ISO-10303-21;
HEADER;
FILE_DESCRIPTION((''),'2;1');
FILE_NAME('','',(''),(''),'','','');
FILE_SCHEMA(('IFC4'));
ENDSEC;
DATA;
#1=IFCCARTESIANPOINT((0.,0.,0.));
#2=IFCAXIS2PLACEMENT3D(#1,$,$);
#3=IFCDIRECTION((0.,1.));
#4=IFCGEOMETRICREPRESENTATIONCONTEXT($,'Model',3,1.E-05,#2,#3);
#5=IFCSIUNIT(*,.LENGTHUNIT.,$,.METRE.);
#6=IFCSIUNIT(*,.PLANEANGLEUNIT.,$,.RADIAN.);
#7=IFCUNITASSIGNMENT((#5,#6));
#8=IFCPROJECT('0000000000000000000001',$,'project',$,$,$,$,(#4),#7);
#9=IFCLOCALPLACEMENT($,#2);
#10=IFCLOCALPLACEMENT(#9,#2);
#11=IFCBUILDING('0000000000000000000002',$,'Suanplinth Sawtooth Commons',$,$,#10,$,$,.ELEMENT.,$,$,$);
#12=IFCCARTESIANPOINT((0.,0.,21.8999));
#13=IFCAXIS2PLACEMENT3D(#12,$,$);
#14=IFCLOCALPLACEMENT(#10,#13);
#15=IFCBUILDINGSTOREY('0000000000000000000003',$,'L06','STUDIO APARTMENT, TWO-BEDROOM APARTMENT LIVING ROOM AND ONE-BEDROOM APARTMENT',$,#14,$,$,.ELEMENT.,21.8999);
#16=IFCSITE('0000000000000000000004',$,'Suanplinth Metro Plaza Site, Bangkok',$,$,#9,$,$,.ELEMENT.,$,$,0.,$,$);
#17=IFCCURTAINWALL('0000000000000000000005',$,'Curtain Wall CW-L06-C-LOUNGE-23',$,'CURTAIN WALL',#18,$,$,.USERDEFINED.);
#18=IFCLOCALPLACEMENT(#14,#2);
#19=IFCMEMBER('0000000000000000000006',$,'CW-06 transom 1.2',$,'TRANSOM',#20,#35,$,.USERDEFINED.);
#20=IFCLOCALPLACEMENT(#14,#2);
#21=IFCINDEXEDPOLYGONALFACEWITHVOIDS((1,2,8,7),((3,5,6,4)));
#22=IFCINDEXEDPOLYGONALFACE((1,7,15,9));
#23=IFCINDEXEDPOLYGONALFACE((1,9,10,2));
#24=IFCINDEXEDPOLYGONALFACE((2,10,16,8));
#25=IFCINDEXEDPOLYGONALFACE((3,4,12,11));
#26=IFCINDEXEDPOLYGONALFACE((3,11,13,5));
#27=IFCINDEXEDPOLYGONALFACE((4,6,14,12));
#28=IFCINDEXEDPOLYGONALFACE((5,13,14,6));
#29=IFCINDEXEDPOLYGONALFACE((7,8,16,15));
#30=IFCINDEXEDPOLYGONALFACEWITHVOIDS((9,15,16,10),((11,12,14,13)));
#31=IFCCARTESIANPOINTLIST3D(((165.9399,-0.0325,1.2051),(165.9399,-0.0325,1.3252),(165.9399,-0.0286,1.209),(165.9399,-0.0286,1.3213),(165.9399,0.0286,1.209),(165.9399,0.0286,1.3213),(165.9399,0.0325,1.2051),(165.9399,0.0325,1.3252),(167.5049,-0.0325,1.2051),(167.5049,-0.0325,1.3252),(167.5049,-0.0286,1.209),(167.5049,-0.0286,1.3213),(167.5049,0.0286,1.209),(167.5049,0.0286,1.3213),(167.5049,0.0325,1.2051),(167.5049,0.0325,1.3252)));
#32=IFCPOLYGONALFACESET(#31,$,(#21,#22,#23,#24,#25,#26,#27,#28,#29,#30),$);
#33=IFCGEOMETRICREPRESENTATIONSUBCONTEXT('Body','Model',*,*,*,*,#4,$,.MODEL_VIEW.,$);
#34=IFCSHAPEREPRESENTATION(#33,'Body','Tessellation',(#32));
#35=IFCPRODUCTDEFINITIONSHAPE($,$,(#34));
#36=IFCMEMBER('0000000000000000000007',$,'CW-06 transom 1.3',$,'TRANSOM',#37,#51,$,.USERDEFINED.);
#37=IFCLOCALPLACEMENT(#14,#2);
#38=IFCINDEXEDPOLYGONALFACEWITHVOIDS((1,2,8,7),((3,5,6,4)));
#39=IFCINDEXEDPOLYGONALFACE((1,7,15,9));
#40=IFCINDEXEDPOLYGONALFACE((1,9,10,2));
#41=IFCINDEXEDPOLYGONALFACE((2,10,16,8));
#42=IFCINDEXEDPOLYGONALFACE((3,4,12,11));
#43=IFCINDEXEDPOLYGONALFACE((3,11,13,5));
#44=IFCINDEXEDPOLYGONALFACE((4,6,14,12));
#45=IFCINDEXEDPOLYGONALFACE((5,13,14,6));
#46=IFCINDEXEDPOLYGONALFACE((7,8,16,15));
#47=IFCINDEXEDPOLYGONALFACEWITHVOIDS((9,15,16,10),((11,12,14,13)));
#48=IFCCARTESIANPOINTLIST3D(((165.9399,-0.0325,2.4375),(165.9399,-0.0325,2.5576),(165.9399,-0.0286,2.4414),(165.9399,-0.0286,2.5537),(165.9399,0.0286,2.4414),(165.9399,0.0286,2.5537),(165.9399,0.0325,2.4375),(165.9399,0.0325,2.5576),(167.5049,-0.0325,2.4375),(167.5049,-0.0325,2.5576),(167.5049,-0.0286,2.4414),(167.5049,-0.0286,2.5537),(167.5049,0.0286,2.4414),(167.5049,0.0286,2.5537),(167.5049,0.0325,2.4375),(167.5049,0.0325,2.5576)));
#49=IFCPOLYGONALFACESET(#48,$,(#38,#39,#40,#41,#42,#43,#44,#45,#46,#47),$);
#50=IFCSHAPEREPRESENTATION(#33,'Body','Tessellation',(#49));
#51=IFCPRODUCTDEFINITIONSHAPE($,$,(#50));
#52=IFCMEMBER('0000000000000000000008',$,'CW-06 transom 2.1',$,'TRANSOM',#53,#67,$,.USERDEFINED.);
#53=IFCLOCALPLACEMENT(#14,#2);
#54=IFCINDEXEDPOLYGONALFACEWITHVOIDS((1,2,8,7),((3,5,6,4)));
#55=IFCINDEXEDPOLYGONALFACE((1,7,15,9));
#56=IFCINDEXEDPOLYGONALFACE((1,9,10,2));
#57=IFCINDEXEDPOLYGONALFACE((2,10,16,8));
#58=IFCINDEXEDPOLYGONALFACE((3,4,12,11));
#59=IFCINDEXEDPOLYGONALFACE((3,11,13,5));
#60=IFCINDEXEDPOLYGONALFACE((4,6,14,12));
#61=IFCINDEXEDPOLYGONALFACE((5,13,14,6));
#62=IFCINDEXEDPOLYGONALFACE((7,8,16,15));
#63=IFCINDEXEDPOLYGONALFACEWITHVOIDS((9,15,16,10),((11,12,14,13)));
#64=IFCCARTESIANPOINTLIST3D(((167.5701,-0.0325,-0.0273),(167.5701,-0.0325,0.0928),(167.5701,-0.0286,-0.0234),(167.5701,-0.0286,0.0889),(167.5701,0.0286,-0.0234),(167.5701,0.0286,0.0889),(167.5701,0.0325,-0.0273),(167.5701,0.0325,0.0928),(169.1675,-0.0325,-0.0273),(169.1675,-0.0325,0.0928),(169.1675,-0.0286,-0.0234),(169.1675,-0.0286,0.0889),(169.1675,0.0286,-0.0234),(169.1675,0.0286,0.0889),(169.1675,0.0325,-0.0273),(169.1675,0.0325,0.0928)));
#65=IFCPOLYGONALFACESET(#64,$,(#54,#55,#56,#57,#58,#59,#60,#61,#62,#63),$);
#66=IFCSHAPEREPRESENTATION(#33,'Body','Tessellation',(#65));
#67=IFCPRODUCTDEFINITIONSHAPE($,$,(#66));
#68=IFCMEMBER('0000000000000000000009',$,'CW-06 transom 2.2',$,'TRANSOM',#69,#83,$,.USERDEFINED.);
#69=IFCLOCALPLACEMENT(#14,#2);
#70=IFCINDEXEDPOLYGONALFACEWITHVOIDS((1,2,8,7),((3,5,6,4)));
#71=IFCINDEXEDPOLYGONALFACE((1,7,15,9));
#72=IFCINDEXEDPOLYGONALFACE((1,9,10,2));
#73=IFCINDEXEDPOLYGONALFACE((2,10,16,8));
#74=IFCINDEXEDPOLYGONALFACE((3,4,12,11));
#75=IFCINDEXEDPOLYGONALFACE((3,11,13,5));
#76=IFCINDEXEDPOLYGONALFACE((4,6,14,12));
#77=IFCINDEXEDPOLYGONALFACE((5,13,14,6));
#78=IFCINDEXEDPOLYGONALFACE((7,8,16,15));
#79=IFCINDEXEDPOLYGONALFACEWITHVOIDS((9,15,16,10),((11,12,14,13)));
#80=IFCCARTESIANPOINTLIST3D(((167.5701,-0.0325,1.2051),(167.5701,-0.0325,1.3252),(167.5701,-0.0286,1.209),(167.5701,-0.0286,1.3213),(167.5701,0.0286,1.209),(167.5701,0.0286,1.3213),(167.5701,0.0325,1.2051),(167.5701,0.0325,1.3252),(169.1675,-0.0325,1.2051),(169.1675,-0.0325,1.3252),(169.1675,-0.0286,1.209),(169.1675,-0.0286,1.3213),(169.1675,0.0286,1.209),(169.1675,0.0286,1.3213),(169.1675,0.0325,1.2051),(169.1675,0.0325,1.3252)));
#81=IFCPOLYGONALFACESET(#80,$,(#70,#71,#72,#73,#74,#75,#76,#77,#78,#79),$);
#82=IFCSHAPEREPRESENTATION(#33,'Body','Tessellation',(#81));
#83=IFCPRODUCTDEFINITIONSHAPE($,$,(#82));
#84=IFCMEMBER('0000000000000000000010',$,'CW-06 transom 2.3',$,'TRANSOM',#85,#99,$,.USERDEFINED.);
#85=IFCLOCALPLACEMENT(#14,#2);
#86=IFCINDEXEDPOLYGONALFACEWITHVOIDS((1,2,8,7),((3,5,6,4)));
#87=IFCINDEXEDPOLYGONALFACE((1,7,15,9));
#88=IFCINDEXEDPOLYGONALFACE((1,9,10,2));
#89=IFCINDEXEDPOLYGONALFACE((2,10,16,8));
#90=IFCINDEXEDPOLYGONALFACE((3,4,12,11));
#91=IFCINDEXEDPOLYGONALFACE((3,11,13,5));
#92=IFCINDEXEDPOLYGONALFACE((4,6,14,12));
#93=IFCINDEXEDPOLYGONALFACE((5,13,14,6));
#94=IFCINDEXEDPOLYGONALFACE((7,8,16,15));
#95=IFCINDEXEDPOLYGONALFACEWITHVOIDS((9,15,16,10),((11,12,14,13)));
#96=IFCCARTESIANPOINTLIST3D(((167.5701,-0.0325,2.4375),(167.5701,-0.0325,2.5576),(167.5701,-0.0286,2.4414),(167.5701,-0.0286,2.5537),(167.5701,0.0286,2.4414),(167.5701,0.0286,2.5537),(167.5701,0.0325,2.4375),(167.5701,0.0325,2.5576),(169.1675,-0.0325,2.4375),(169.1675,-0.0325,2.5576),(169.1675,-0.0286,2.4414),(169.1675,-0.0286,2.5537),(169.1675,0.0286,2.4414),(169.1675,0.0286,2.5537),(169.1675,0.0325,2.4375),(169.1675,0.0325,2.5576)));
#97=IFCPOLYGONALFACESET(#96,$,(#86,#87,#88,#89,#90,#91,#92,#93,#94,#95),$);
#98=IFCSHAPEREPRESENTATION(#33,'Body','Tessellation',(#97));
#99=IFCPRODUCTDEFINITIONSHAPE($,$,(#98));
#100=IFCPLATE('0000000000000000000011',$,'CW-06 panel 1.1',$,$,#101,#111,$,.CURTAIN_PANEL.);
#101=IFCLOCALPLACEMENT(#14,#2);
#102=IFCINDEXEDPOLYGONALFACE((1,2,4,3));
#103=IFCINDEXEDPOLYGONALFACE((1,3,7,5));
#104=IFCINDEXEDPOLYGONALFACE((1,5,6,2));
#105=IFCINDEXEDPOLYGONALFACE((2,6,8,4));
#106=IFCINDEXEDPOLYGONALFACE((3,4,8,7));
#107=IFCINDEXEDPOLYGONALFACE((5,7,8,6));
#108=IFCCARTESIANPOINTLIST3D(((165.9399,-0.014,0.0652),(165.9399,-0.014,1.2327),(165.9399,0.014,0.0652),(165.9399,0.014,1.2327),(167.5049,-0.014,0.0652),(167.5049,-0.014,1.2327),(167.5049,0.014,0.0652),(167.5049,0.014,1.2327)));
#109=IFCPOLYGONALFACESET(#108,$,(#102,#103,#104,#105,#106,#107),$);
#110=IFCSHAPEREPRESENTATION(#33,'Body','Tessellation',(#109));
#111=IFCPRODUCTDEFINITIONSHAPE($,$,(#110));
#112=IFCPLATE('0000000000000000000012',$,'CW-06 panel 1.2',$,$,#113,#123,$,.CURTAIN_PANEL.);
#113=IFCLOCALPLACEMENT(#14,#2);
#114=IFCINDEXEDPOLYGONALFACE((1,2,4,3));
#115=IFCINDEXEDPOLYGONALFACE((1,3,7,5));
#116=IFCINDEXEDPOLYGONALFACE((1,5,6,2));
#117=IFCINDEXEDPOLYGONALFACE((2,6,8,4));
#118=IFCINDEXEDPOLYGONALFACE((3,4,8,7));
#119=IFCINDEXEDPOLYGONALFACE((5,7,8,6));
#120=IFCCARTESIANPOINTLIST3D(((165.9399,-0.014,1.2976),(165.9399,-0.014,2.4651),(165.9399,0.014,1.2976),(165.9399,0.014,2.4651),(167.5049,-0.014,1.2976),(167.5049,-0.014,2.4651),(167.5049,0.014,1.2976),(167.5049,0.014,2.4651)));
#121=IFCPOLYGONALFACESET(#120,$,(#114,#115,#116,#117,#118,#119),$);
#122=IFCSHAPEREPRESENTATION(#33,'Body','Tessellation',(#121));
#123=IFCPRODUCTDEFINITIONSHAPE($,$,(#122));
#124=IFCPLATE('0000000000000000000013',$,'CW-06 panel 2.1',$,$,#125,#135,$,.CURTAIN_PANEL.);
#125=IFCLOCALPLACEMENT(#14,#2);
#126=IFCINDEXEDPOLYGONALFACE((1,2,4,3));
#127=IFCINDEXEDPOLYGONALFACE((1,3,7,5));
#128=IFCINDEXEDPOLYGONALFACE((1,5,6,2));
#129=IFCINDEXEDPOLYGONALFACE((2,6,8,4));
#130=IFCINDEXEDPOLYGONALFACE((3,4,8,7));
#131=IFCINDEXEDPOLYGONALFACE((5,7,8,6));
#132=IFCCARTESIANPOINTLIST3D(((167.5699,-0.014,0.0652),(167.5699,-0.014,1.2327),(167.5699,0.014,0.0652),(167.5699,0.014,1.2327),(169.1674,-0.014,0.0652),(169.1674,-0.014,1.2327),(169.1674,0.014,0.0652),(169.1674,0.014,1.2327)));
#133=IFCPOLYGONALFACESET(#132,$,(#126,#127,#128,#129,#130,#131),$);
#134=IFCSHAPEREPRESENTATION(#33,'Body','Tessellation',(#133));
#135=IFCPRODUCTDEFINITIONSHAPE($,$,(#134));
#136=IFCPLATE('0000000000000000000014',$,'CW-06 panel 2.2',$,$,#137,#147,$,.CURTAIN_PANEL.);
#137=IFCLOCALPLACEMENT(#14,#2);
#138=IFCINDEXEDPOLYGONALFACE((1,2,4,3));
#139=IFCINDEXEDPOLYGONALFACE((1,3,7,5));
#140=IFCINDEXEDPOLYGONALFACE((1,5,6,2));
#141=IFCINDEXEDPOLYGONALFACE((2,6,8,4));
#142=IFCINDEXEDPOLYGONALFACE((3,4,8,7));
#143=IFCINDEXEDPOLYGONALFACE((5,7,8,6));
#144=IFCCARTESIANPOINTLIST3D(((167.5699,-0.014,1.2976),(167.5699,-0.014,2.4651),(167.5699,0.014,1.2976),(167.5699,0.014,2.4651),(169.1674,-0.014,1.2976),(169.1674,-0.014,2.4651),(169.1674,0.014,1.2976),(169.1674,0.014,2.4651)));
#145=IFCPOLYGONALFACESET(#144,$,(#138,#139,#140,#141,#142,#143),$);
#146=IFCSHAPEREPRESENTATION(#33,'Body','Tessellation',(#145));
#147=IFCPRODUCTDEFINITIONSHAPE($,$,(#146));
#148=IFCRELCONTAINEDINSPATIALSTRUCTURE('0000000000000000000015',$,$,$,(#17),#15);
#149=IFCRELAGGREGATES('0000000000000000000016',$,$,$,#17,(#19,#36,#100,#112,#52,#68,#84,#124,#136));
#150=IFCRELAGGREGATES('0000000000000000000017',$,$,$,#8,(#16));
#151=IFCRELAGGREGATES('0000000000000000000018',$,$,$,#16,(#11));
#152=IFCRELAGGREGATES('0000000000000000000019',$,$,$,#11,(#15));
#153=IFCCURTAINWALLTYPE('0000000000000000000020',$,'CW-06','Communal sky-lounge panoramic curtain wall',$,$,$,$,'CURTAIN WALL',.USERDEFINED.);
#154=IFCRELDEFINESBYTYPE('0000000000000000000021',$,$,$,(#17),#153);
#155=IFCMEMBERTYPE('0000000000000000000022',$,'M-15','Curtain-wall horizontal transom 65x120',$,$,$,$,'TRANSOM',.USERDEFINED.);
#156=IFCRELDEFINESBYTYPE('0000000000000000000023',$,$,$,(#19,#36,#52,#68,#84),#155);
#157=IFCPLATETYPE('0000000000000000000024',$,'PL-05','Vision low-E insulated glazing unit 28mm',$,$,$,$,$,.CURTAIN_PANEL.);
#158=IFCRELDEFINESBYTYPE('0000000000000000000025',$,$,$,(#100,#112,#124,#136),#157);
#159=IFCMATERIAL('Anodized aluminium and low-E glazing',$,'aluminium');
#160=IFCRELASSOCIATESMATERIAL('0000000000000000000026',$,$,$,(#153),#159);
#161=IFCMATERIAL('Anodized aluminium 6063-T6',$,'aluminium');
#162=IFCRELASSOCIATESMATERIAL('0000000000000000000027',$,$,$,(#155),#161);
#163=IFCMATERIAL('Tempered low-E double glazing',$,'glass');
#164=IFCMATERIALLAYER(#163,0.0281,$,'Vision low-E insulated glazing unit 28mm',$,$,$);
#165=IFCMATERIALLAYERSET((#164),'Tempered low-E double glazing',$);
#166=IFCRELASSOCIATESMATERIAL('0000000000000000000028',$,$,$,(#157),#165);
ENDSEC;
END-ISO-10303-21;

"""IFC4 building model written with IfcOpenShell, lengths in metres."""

from ifc_helpers import new_model, si_unit, direction, frame, origin, origin_2d, place, context, subcontext, project, spatial, rectangle, hollow_rectangle, extrude, material, layer, layer_set, material_profile, profile_set, type_object, element, aggregate, save


model = new_model("IFC4")

# Units and contexts
model_context = context("Model", 3, precision=1e-05, world=origin(), true_north=direction((0.0, 1.0)))
body_context = subcontext(model_context, "Body", "Model", "MODEL_VIEW")
ifc_project = project(units=[si_unit("LENGTHUNIT", "METRE"), si_unit("PLANEANGLEUNIT", "RADIAN")], contexts=[model_context])

# Site, building, storey
site_placement = place(None, origin())
site = spatial("IfcSite", under=ifc_project, at=site_placement, Name="Suanplinth Metro Plaza Site, Bangkok", CompositionType="ELEMENT", RefElevation=0.0)
building_placement = place(site_placement, origin())
building = spatial("IfcBuilding", under=site, at=building_placement, Name="Suanplinth Sawtooth Commons", CompositionType="ELEMENT")
storey_placement = place(building_placement, frame((0.0, 0.0, 21.8999)))
storey = spatial("IfcBuildingStorey", under=building, at=storey_placement, Name="L06", Description="STUDIO APARTMENT, TWO-BEDROOM APARTMENT LIVING ROOM AND ONE-BEDROOM APARTMENT", CompositionType="ELEMENT", Elevation=21.8999)

# Curtain wall, members, plates
ifc_material_1 = material(Name="Anodized aluminium and low-E glazing", Category="aluminium")
curtain_wall_type = type_object("IfcCurtainWallType", Name="CW-06", Description="Communal sky-lounge panoramic curtain wall", ElementType="CURTAIN WALL", PredefinedType="USERDEFINED", material=ifc_material_1)
curtain_wall_placement = place(storey_placement, origin())
curtain_wall = element("IfcCurtainWall", 1, at=curtain_wall_placement, inside=storey, type_object=curtain_wall_type, Name="Curtain Wall CW-L06-C-LOUNGE-23", ObjectType="CURTAIN WALL", PredefinedType="USERDEFINED")
ifc_material_2 = material(Name="Anodized aluminium 6063-T6", Category="aluminium")
ifc_material_profile_1 = material_profile(ifc_material_2, hollow_rectangle(XDim=0.0649, YDim=0.1201, WallThickness=0.0039, at=origin_2d()), Name="ALU-TRN 65x120")
ifc_profile_set_1 = profile_set([ifc_material_profile_1], Name="Anodized aluminium 6063-T6")
member_type_1 = type_object("IfcMemberType", Name="M-15", Description="Curtain-wall horizontal transom 65x120", ElementType="TRANSOM", PredefinedType="USERDEFINED", material=ifc_profile_set_1)
member_1_placement = place(storey_placement, frame((165.9399, 0.0, 1.2651), z_axis=(1.0, 0.0, 0.0), x_axis=(0.0, 1.0, 0.0)))
member_1 = element("IfcMember", 2, at=member_1_placement, type_object=member_type_1, Name="CW-06 transom 1.2", ObjectType="TRANSOM", PredefinedType="USERDEFINED", context=body_context, shape_type="SweptSolid", body=[
    extrude(hollow_rectangle(XDim=0.0649, YDim=0.1201, WallThickness=0.0039, at=origin_2d()), origin(), (0.0, 0.0, 1.0), 1.5649),
])
member_2_placement = place(storey_placement, frame((165.9399, 0.0, 2.4976), z_axis=(1.0, 0.0, 0.0), x_axis=(0.0, 1.0, 0.0)))
member_2 = element("IfcMember", 3, at=member_2_placement, type_object=member_type_1, Name="CW-06 transom 1.3", ObjectType="TRANSOM", PredefinedType="USERDEFINED", context=body_context, shape_type="SweptSolid", body=[
    extrude(hollow_rectangle(XDim=0.0649, YDim=0.1201, WallThickness=0.0039, at=origin_2d()), origin(), (0.0, 0.0, 1.0), 1.5649),
])
member_3_placement = place(storey_placement, frame((167.5701, 0.0, 0.0327), z_axis=(1.0, 0.0, 0.0), x_axis=(0.0, 1.0, 0.0)))
member_3 = element("IfcMember", 4, at=member_3_placement, type_object=member_type_1, Name="CW-06 transom 2.1", ObjectType="TRANSOM", PredefinedType="USERDEFINED", context=body_context, shape_type="SweptSolid", body=[
    extrude(hollow_rectangle(XDim=0.0649, YDim=0.1201, WallThickness=0.0039, at=origin_2d()), origin(), (0.0, 0.0, 1.0), 1.5974),
])
member_4_placement = place(storey_placement, frame((167.5701, 0.0, 1.2651), z_axis=(1.0, 0.0, 0.0), x_axis=(0.0, 1.0, 0.0)))
member_4 = element("IfcMember", 5, at=member_4_placement, type_object=member_type_1, Name="CW-06 transom 2.2", ObjectType="TRANSOM", PredefinedType="USERDEFINED", context=body_context, shape_type="SweptSolid", body=[
    extrude(hollow_rectangle(XDim=0.0649, YDim=0.1201, WallThickness=0.0039, at=origin_2d()), origin(), (0.0, 0.0, 1.0), 1.5974),
])
member_5_placement = place(storey_placement, frame((167.5701, 0.0, 2.4976), z_axis=(1.0, 0.0, 0.0), x_axis=(0.0, 1.0, 0.0)))
member_5 = element("IfcMember", 6, at=member_5_placement, type_object=member_type_1, Name="CW-06 transom 2.3", ObjectType="TRANSOM", PredefinedType="USERDEFINED", context=body_context, shape_type="SweptSolid", body=[
    extrude(hollow_rectangle(XDim=0.0649, YDim=0.1201, WallThickness=0.0039, at=origin_2d()), origin(), (0.0, 0.0, 1.0), 1.5974),
])
ifc_material_3 = material(Name="Tempered low-E double glazing", Category="glass")
ifc_layer_1 = layer(ifc_material_3, 0.0281, Name="Vision low-E insulated glazing unit 28mm")
ifc_layer_set_1 = layer_set([ifc_layer_1], Name="Tempered low-E double glazing")
plate_type = type_object("IfcPlateType", Name="PL-05", Description="Vision low-E insulated glazing unit 28mm", PredefinedType="CURTAIN_PANEL", material=ifc_layer_set_1)
plate_1_placement = place(storey_placement, frame((166.7224, 0.0, 0.0652), z_axis=(0.0, 0.0, 1.0), x_axis=(1.0, 0.0, 0.0)))
plate_1 = element("IfcPlate", 7, at=plate_1_placement, type_object=plate_type, Name="CW-06 panel 1.1", PredefinedType="CURTAIN_PANEL", context=body_context, shape_type="SweptSolid", body=[
    extrude(rectangle(XDim=1.5649, YDim=0.0281, at=origin_2d()), origin(), (0.0, 0.0, 1.0), 1.1675),
])
plate_2_placement = place(storey_placement, frame((166.7224, 0.0, 1.2976), z_axis=(0.0, 0.0, 1.0), x_axis=(1.0, 0.0, 0.0)))
plate_2 = element("IfcPlate", 8, at=plate_2_placement, type_object=plate_type, Name="CW-06 panel 1.2", PredefinedType="CURTAIN_PANEL", context=body_context, shape_type="SweptSolid", body=[
    extrude(rectangle(XDim=1.5649, YDim=0.0281, at=origin_2d()), origin(), (0.0, 0.0, 1.0), 1.1675),
])
plate_3_placement = place(storey_placement, frame((168.3687, 0.0, 0.0652), z_axis=(0.0, 0.0, 1.0), x_axis=(1.0, 0.0, 0.0)))
plate_3 = element("IfcPlate", 9, at=plate_3_placement, type_object=plate_type, Name="CW-06 panel 2.1", PredefinedType="CURTAIN_PANEL", context=body_context, shape_type="SweptSolid", body=[
    extrude(rectangle(XDim=1.5974, YDim=0.0281, at=origin_2d()), origin(), (0.0, 0.0, 1.0), 1.1675),
])
plate_4_placement = place(storey_placement, frame((168.3687, 0.0, 1.2976), z_axis=(0.0, 0.0, 1.0), x_axis=(1.0, 0.0, 0.0)))
plate_4 = element("IfcPlate", 10, at=plate_4_placement, type_object=plate_type, Name="CW-06 panel 2.2", PredefinedType="CURTAIN_PANEL", context=body_context, shape_type="SweptSolid", body=[
    extrude(rectangle(XDim=1.5974, YDim=0.0281, at=origin_2d()), origin(), (0.0, 0.0, 1.0), 1.1675),
])
aggregate(curtain_wall, [member_1, member_2, plate_1, plate_2, member_3, member_4, member_5, plate_3, plate_4])

save(model, "model.ifc")
